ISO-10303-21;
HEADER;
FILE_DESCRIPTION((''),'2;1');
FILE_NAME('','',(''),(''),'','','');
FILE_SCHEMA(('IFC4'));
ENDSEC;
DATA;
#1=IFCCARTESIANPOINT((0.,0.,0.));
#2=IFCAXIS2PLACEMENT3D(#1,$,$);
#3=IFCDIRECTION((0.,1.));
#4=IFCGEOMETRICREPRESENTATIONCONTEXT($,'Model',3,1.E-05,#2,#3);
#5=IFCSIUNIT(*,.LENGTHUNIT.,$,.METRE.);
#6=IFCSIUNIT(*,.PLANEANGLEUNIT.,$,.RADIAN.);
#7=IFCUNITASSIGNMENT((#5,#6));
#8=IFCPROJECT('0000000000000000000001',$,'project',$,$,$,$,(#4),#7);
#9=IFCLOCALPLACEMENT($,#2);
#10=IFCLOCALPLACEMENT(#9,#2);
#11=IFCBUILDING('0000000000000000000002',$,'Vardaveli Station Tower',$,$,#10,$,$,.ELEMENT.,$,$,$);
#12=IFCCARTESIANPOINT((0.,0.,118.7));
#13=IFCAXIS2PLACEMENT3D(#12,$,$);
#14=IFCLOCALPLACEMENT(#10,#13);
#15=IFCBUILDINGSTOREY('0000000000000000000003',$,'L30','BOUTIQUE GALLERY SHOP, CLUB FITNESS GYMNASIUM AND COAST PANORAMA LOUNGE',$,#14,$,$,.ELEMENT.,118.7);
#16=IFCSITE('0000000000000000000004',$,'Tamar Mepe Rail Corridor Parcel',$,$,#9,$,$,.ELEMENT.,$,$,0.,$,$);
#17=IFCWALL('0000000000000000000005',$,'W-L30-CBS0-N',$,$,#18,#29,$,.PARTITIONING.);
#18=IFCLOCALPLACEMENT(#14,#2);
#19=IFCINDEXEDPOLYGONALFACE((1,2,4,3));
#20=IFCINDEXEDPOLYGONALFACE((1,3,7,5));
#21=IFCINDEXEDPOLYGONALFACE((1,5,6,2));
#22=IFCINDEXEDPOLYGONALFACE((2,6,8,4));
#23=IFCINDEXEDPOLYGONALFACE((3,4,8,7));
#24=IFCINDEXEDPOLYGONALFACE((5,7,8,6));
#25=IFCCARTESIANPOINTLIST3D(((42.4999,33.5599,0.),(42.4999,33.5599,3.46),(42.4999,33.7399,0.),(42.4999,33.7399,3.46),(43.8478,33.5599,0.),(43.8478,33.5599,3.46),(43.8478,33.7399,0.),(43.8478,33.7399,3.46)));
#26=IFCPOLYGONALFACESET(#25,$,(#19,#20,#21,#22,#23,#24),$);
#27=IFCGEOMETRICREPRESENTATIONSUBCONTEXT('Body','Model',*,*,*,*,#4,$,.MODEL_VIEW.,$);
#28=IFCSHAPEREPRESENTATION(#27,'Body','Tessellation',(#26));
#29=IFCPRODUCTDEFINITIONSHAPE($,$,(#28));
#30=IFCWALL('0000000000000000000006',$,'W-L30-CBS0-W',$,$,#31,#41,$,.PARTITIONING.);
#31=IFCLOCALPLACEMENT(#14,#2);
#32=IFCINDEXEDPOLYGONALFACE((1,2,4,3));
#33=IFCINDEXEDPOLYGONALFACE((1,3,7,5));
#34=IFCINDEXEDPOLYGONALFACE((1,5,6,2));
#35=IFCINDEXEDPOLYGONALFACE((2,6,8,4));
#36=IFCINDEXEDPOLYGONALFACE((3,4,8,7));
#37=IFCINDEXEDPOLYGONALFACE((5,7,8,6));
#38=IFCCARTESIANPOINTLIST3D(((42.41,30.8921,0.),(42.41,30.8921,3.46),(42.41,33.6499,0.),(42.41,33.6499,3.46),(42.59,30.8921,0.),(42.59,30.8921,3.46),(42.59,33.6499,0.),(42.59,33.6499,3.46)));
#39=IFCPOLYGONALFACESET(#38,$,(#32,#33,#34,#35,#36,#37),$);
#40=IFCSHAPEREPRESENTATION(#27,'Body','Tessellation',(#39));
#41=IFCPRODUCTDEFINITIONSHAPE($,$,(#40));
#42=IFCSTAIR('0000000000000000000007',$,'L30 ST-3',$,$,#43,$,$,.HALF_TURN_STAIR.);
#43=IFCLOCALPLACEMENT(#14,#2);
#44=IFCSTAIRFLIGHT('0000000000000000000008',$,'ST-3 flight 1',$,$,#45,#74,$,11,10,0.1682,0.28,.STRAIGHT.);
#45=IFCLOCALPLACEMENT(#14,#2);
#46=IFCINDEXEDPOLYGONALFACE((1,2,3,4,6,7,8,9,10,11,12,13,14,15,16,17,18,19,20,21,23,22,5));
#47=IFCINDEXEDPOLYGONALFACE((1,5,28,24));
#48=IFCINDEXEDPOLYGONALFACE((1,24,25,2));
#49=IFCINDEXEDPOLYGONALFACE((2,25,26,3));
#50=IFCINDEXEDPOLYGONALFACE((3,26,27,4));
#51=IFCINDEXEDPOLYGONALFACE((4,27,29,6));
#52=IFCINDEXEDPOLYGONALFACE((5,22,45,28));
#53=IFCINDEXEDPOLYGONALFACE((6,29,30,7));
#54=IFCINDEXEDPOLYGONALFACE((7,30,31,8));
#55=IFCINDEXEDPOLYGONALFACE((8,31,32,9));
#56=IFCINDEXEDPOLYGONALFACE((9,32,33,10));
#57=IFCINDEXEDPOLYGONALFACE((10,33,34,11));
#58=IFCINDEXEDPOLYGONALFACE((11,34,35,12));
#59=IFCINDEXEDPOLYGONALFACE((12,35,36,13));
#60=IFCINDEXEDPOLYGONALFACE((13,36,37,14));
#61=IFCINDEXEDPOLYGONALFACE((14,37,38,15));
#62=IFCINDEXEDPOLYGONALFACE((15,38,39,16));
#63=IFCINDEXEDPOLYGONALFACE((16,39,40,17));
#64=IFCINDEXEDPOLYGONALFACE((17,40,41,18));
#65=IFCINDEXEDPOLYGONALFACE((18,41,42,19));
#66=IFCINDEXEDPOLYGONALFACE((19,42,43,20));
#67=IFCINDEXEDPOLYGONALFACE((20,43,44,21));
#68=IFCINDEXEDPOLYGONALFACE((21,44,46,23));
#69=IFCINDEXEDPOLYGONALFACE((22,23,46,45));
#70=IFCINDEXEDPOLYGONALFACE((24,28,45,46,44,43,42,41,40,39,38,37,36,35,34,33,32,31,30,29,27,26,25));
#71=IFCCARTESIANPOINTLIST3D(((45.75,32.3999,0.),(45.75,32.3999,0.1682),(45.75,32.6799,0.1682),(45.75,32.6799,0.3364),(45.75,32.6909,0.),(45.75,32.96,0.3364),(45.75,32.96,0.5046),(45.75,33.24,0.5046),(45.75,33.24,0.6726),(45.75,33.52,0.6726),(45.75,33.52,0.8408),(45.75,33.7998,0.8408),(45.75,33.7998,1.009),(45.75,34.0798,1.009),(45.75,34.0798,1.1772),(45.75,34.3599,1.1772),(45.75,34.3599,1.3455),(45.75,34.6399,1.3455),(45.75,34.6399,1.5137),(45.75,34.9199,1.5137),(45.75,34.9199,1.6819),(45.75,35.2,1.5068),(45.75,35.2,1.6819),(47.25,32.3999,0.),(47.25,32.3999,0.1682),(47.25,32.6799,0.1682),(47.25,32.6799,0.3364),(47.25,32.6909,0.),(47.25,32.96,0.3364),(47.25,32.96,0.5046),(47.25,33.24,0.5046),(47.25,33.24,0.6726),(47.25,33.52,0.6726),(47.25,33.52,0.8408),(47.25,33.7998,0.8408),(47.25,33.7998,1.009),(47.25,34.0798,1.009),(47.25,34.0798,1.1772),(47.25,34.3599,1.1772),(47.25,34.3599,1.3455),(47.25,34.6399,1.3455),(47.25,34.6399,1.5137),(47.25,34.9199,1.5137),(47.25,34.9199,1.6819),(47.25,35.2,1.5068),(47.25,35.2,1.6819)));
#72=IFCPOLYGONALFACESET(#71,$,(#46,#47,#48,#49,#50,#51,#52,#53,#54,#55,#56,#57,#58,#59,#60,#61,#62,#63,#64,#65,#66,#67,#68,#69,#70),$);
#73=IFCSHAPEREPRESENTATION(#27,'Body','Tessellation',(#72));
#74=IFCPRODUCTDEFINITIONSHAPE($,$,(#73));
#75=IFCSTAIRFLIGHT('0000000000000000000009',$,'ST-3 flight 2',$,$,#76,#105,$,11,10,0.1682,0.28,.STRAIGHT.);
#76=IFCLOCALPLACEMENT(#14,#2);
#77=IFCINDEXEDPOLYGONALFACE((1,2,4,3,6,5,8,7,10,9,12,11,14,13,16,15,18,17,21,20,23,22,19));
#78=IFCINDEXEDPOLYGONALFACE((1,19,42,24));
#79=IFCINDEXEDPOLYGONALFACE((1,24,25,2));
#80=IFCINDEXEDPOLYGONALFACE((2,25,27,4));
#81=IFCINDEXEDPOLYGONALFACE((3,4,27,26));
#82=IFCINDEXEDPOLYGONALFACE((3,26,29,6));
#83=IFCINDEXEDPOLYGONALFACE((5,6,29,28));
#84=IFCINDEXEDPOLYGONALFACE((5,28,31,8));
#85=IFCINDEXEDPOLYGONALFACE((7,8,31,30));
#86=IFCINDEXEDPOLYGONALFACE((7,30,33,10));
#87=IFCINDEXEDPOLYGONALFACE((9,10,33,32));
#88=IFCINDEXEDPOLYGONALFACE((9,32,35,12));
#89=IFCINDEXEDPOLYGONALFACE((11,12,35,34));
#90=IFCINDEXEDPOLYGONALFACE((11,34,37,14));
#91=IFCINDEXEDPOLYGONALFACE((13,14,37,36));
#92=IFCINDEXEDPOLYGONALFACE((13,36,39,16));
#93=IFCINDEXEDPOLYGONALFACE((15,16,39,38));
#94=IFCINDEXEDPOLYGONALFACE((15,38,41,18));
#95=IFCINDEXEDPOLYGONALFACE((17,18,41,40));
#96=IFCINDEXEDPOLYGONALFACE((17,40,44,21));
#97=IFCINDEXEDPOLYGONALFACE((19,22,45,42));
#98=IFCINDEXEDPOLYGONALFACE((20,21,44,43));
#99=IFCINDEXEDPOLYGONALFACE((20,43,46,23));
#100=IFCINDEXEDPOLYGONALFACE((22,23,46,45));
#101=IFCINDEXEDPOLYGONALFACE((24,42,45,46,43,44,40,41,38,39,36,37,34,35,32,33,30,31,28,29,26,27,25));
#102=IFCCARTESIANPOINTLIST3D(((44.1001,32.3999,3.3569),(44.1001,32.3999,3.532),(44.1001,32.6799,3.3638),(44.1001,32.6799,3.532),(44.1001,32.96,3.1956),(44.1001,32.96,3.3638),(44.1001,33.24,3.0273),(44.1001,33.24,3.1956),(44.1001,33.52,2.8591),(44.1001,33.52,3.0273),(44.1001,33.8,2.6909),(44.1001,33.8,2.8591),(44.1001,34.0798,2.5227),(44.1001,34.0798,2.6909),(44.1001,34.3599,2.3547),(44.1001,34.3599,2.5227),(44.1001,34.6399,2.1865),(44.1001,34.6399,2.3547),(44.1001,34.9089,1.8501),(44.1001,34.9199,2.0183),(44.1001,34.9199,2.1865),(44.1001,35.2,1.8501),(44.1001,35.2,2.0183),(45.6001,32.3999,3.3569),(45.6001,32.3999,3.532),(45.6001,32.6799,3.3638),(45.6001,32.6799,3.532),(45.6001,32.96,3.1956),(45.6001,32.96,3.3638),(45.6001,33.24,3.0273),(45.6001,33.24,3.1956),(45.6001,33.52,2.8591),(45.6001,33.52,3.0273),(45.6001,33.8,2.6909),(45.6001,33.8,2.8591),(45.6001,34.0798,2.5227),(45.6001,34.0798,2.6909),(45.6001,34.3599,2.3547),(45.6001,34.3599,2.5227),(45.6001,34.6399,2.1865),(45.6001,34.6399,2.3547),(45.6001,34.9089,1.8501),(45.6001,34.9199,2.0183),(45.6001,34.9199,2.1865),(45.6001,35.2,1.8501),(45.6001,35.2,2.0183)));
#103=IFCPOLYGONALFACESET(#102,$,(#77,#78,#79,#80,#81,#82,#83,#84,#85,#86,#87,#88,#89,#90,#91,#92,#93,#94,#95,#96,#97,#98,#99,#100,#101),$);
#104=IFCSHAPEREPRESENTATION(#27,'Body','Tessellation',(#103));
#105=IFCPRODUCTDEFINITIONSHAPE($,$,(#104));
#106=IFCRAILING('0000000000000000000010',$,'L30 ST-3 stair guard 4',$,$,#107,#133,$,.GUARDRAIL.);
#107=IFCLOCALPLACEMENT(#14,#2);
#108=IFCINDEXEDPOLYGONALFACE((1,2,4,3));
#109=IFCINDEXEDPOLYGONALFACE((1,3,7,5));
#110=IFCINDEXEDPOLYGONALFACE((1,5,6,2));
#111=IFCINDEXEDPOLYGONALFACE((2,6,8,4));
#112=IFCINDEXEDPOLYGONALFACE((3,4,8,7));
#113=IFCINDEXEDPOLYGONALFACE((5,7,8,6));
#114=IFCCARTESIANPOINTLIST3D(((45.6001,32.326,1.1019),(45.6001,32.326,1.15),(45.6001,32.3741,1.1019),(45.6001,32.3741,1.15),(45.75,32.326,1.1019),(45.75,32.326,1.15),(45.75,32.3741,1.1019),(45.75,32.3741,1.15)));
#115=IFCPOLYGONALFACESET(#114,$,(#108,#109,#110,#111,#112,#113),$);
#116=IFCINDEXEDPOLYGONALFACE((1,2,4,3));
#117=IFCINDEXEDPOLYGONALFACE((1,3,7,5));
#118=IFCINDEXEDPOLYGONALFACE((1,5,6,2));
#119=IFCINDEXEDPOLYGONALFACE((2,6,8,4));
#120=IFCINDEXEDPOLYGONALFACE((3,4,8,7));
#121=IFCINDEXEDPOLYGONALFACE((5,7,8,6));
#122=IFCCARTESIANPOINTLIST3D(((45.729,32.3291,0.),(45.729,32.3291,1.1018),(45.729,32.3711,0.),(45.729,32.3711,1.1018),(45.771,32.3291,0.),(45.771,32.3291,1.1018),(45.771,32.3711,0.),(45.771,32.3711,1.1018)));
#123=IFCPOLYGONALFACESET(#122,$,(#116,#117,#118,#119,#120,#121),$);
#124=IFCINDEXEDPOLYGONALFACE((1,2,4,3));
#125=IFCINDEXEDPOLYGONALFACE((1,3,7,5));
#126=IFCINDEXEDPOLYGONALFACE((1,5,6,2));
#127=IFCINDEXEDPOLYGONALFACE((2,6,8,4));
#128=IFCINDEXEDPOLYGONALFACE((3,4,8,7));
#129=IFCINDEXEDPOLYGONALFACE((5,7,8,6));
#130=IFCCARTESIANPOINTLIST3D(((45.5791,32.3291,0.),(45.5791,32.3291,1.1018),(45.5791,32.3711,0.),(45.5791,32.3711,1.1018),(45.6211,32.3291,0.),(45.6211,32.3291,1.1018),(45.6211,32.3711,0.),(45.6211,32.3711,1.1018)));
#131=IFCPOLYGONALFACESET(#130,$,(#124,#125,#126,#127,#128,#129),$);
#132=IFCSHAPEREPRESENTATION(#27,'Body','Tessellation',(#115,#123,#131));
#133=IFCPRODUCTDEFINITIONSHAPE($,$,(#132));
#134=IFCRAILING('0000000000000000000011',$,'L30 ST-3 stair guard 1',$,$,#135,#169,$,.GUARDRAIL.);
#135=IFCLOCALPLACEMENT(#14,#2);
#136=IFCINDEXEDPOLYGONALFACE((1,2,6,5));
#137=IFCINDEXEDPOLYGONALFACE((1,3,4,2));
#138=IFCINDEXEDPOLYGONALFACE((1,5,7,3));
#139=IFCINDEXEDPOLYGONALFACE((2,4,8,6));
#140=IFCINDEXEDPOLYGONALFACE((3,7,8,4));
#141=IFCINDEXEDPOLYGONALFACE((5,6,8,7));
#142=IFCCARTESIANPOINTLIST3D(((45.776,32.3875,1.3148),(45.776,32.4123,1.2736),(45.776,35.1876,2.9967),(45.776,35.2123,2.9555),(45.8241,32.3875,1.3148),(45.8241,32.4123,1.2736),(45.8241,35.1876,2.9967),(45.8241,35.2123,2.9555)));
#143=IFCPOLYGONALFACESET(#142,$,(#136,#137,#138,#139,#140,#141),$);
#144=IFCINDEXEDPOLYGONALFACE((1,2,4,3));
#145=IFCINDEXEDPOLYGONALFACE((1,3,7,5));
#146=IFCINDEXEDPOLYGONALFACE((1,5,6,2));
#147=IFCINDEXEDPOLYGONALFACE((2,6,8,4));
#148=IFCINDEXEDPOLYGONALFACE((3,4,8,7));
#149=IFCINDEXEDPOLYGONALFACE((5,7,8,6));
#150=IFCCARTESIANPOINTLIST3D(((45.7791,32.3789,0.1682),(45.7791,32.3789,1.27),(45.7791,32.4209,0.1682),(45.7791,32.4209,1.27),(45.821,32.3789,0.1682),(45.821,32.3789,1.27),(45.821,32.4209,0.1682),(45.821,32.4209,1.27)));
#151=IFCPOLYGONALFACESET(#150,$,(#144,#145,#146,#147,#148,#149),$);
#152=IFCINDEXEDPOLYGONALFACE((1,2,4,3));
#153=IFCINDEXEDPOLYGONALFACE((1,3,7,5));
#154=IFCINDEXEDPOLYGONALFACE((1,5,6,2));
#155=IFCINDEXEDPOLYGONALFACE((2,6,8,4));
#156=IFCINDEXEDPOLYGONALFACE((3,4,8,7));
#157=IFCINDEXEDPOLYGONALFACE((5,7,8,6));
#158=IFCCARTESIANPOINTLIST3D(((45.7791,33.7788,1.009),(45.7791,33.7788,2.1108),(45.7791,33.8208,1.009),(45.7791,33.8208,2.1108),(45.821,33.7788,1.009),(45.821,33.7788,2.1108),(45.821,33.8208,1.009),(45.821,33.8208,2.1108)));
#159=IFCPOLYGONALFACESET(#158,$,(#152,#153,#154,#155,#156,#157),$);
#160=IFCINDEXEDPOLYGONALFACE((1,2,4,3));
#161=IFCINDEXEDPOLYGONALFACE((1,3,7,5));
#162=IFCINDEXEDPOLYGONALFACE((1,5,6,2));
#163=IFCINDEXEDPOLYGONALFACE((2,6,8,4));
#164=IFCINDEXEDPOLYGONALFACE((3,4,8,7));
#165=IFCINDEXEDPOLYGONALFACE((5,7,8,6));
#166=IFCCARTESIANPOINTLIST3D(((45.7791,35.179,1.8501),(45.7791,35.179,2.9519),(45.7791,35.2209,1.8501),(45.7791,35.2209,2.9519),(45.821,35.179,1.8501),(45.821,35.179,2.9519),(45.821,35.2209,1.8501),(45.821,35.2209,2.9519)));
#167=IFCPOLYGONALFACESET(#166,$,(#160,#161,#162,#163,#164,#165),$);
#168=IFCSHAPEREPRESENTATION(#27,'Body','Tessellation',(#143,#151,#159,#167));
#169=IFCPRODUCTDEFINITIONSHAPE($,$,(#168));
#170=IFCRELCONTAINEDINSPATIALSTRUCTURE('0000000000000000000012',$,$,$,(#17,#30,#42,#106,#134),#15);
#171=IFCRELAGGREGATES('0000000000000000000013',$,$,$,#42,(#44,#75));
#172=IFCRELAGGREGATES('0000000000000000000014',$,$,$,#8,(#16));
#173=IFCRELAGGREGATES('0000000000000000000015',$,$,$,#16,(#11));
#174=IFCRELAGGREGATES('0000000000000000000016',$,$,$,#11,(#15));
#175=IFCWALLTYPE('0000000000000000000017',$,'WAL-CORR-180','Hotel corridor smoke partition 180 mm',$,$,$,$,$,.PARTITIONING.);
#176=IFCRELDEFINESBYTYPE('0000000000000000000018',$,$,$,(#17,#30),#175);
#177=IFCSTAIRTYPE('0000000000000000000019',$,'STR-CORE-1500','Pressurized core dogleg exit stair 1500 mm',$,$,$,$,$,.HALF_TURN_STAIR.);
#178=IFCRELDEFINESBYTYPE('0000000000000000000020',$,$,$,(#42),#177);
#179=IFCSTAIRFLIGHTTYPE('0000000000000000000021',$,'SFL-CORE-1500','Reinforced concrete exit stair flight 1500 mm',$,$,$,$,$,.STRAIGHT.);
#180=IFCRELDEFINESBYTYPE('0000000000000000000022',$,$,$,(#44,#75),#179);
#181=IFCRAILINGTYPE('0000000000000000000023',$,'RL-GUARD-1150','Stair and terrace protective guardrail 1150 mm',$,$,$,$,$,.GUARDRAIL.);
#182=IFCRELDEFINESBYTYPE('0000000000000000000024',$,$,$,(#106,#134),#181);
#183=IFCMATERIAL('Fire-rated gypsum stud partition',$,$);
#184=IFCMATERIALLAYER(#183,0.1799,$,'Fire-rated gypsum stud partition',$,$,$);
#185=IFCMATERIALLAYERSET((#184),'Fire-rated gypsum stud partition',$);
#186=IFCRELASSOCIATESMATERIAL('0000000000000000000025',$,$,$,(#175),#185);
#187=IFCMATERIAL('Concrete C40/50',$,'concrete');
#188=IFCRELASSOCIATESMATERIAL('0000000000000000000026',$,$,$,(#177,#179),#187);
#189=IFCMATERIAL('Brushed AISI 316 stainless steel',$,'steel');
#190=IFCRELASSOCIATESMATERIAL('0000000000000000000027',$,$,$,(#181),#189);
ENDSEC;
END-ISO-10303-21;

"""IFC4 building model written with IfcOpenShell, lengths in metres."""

from ifc_helpers import new_model, si_unit, direction, frame, frame_2d, origin, origin_2d, place, context, subcontext, project, spatial, polyline, rectangle, outline, extrude, source, transform, mapped, material, layer, layer_set, type_object, element, aggregate, save


model = new_model("IFC4")

# Units and contexts
model_context = context("Model", 3, precision=1e-05, world=origin(), true_north=direction((0.0, 1.0)))
body_context = subcontext(model_context, "Body", "Model", "MODEL_VIEW")
ifc_project = project(units=[si_unit("LENGTHUNIT", "METRE"), si_unit("PLANEANGLEUNIT", "RADIAN")], contexts=[model_context])

# Site, building, storey
site_placement = place(None, origin())
site = spatial("IfcSite", under=ifc_project, at=site_placement, Name="Tamar Mepe Rail Corridor Parcel", CompositionType="ELEMENT", RefElevation=0.0)
building_placement = place(site_placement, origin())
building = spatial("IfcBuilding", under=site, at=building_placement, Name="Vardaveli Station Tower", CompositionType="ELEMENT")
storey_placement = place(building_placement, frame((0.0, 0.0, 118.7)))
storey = spatial("IfcBuildingStorey", under=building, at=storey_placement, Name="L30", Description="BOUTIQUE GALLERY SHOP, CLUB FITNESS GYMNASIUM AND COAST PANORAMA LOUNGE", CompositionType="ELEMENT", Elevation=118.7)

# Shared definitions
ifc_material_1 = material(Name="Concrete C40/50", Category="concrete")

# Shared definitions
ifc_material_2 = material(Name="Fire-rated gypsum stud partition")
ifc_layer_1 = layer(ifc_material_2, 0.1799, Name="Fire-rated gypsum stud partition")
ifc_layer_set_1 = layer_set([ifc_layer_1], Name="Fire-rated gypsum stud partition")
wall_type_1 = type_object("IfcWallType", Name="WAL-CORR-180", Description="Hotel corridor smoke partition 180 mm", PredefinedType="PARTITIONING", material=ifc_layer_set_1)

# Walls
shared_shape_1 = source(origin(), body_context, "Body", "SweptSolid", [
    extrude(rectangle(XDim=1.3479, YDim=0.1799, at=frame_2d((0.6738, 0.0))), origin(), (0.0, 0.0, 1.0), 3.46),
])
wall_1_placement = place(storey_placement, frame((42.5, 33.6499, 0.0), z_axis=(0.0, 0.0, 1.0), x_axis=(1.0, 0.0, 0.0)))
element("IfcWall", 1, at=wall_1_placement, inside=storey, type_object=wall_type_1, Name="W-L30-CBS0-N", PredefinedType="PARTITIONING", context=body_context, shape_type="MappedRepresentation", body=[
    mapped(shared_shape_1, transform((0.0, 0.0, 0.0), scale=1.0)),
])
shared_shape_2 = source(origin(), body_context, "Body", "SweptSolid", [
    extrude(rectangle(XDim=2.7578, YDim=0.1799, at=frame_2d((1.3789, 0.0))), origin(), (0.0, 0.0, 1.0), 3.46),
])
wall_2_placement = place(storey_placement, frame((42.5, 30.8921, 0.0), z_axis=(0.0, 0.0, 1.0), x_axis=(0.0, 1.0, 0.0)))
element("IfcWall", 2, at=wall_2_placement, inside=storey, type_object=wall_type_1, Name="W-L30-CBS0-W", PredefinedType="PARTITIONING", context=body_context, shape_type="MappedRepresentation", body=[
    mapped(shared_shape_2, transform((0.0, 0.0, 0.0), scale=1.0)),
])

# Stair, stair flights
stair_type = type_object("IfcStairType", Name="STR-CORE-1500", Description="Pressurized core dogleg exit stair 1500 mm", PredefinedType="HALF_TURN_STAIR", material=ifc_material_1)
stair_placement = place(storey_placement, origin())
stair = element("IfcStair", 3, at=stair_placement, inside=storey, type_object=stair_type, Name="L30 ST-3", PredefinedType="HALF_TURN_STAIR")
stair_flight_type = type_object("IfcStairFlightType", Name="SFL-CORE-1500", Description="Reinforced concrete exit stair flight 1500 mm", PredefinedType="STRAIGHT", material=ifc_material_1)
shared_shape_3 = source(origin(), body_context, "Body", "SweptSolid", [
    extrude(outline(polyline([(0.0, 0.0), (0.0, 0.1682), (0.28, 0.1682), (0.28, 0.3364), (0.5601, 0.3364), (0.5601, 0.5046), (0.8401, 0.5046), (0.8401, 0.6726), (1.1201, 0.6726), (1.1201, 0.8408), (1.3999, 0.8408), (1.3999, 1.009), (1.6799, 1.009), (1.6799, 1.1772), (1.96, 1.1772), (1.96, 1.3455), (2.24, 1.3455), (2.24, 1.5137), (2.52, 1.5137), (2.52, 1.6819), (2.8, 1.6819), (2.8, 1.8501), (2.8, 1.5068), (0.291, 0.0), (0.0, 0.0)])), frame((0.0, 0.75, 0.0), z_axis=(0.0, -1.0, 0.0), x_axis=(1.0, 0.0, 0.0)), (0.0, 0.0, 1.0), 1.5),
])
stair_flight_1_placement = place(storey_placement, frame((46.5, 32.3999, 0.0), z_axis=(0.0, 0.0, 1.0), x_axis=(0.0, 1.0, 0.0)))
stair_flight_1 = element("IfcStairFlight", 4, at=stair_flight_1_placement, type_object=stair_flight_type, Name="ST-3 flight 1", NumberOfRisers=11, NumberOfTreads=10, PredefinedType="STRAIGHT", RiserHeight=0.1682, TreadLength=0.28, context=body_context, shape_type="MappedRepresentation", body=[
    mapped(shared_shape_3, transform((0.0, 0.0, 0.0), scale=1.0)),
])
stair_flight_2_placement = place(storey_placement, frame((44.8501, 35.2, 1.8501), z_axis=(0.0, 0.0, 1.0), x_axis=(0.0, -1.0, 0.0)))
stair_flight_2 = element("IfcStairFlight", 5, at=stair_flight_2_placement, type_object=stair_flight_type, Name="ST-3 flight 2", NumberOfRisers=11, NumberOfTreads=10, PredefinedType="STRAIGHT", RiserHeight=0.1682, TreadLength=0.28, context=body_context, shape_type="MappedRepresentation", body=[
    mapped(shared_shape_3, transform((0.0, 0.0, 0.0), scale=1.0)),
])
aggregate(stair, [stair_flight_1, stair_flight_2])

# Railings
ifc_material_3 = material(Name="Brushed AISI 316 stainless steel", Category="steel")
railing_type_1 = type_object("IfcRailingType", Name="RL-GUARD-1150", Description="Stair and terrace protective guardrail 1150 mm", PredefinedType="GUARDRAIL", material=ifc_material_3)
shared_shape_4 = source(origin(), body_context, "Body", "SweptSolid", [
    extrude(rectangle(XDim=0.0481, YDim=0.0481, at=origin_2d()), frame((0.0, 0.0, 1.126), z_axis=(-1.0, 0.0, 0.0), x_axis=(0.0, -1.0, 0.0)), (0.0, 0.0, 1.0), 0.1499),
    extrude(rectangle(XDim=0.042, YDim=0.042, at=origin_2d()), origin(), (0.0, 0.0, 1.0), 1.1018),
    extrude(rectangle(XDim=0.042, YDim=0.042, at=origin_2d()), frame((-0.1499, 0.0, 0.0)), (0.0, 0.0, 1.0), 1.1018),
])
railing_1_placement = place(storey_placement, frame((45.75, 32.3501, 0.0)))
element("IfcRailing", 6, at=railing_1_placement, inside=storey, type_object=railing_type_1, Name="L30 ST-3 stair guard 4", PredefinedType="GUARDRAIL", context=body_context, shape_type="MappedRepresentation", body=[
    mapped(shared_shape_4, transform((0.0, 0.0, 0.0), scale=1.0)),
])
shared_shape_5 = source(origin(), body_context, "Body", "SweptSolid", [
    extrude(rectangle(XDim=0.0481, YDim=0.0481, at=origin_2d()), frame((0.0, 0.0, 1.126), z_axis=(0.0, 0.857242, 0.514913), x_axis=(-1.0, 0.0, 0.0)), (0.0, 0.0, 1.0), 3.2664),
    extrude(rectangle(XDim=0.042, YDim=0.042, at=origin_2d()), origin(), (0.0, 0.0, 1.0), 1.1018),
    extrude(rectangle(XDim=0.042, YDim=0.042, at=origin_2d()), frame((0.0, 1.3999, 0.8408)), (0.0, 0.0, 1.0), 1.1018),
    extrude(rectangle(XDim=0.042, YDim=0.042, at=origin_2d()), frame((0.0, 2.8, 1.6819)), (0.0, 0.0, 1.0), 1.1018),
])
railing_2_placement = place(storey_placement, frame((45.8, 32.3999, 0.1682)))
element("IfcRailing", 7, at=railing_2_placement, inside=storey, type_object=railing_type_1, Name="L30 ST-3 stair guard 1", PredefinedType="GUARDRAIL", context=body_context, shape_type="MappedRepresentation", body=[
    mapped(shared_shape_5, transform((0.0, 0.0, 0.0), scale=1.0)),
])

save(model, "model.ifc")
